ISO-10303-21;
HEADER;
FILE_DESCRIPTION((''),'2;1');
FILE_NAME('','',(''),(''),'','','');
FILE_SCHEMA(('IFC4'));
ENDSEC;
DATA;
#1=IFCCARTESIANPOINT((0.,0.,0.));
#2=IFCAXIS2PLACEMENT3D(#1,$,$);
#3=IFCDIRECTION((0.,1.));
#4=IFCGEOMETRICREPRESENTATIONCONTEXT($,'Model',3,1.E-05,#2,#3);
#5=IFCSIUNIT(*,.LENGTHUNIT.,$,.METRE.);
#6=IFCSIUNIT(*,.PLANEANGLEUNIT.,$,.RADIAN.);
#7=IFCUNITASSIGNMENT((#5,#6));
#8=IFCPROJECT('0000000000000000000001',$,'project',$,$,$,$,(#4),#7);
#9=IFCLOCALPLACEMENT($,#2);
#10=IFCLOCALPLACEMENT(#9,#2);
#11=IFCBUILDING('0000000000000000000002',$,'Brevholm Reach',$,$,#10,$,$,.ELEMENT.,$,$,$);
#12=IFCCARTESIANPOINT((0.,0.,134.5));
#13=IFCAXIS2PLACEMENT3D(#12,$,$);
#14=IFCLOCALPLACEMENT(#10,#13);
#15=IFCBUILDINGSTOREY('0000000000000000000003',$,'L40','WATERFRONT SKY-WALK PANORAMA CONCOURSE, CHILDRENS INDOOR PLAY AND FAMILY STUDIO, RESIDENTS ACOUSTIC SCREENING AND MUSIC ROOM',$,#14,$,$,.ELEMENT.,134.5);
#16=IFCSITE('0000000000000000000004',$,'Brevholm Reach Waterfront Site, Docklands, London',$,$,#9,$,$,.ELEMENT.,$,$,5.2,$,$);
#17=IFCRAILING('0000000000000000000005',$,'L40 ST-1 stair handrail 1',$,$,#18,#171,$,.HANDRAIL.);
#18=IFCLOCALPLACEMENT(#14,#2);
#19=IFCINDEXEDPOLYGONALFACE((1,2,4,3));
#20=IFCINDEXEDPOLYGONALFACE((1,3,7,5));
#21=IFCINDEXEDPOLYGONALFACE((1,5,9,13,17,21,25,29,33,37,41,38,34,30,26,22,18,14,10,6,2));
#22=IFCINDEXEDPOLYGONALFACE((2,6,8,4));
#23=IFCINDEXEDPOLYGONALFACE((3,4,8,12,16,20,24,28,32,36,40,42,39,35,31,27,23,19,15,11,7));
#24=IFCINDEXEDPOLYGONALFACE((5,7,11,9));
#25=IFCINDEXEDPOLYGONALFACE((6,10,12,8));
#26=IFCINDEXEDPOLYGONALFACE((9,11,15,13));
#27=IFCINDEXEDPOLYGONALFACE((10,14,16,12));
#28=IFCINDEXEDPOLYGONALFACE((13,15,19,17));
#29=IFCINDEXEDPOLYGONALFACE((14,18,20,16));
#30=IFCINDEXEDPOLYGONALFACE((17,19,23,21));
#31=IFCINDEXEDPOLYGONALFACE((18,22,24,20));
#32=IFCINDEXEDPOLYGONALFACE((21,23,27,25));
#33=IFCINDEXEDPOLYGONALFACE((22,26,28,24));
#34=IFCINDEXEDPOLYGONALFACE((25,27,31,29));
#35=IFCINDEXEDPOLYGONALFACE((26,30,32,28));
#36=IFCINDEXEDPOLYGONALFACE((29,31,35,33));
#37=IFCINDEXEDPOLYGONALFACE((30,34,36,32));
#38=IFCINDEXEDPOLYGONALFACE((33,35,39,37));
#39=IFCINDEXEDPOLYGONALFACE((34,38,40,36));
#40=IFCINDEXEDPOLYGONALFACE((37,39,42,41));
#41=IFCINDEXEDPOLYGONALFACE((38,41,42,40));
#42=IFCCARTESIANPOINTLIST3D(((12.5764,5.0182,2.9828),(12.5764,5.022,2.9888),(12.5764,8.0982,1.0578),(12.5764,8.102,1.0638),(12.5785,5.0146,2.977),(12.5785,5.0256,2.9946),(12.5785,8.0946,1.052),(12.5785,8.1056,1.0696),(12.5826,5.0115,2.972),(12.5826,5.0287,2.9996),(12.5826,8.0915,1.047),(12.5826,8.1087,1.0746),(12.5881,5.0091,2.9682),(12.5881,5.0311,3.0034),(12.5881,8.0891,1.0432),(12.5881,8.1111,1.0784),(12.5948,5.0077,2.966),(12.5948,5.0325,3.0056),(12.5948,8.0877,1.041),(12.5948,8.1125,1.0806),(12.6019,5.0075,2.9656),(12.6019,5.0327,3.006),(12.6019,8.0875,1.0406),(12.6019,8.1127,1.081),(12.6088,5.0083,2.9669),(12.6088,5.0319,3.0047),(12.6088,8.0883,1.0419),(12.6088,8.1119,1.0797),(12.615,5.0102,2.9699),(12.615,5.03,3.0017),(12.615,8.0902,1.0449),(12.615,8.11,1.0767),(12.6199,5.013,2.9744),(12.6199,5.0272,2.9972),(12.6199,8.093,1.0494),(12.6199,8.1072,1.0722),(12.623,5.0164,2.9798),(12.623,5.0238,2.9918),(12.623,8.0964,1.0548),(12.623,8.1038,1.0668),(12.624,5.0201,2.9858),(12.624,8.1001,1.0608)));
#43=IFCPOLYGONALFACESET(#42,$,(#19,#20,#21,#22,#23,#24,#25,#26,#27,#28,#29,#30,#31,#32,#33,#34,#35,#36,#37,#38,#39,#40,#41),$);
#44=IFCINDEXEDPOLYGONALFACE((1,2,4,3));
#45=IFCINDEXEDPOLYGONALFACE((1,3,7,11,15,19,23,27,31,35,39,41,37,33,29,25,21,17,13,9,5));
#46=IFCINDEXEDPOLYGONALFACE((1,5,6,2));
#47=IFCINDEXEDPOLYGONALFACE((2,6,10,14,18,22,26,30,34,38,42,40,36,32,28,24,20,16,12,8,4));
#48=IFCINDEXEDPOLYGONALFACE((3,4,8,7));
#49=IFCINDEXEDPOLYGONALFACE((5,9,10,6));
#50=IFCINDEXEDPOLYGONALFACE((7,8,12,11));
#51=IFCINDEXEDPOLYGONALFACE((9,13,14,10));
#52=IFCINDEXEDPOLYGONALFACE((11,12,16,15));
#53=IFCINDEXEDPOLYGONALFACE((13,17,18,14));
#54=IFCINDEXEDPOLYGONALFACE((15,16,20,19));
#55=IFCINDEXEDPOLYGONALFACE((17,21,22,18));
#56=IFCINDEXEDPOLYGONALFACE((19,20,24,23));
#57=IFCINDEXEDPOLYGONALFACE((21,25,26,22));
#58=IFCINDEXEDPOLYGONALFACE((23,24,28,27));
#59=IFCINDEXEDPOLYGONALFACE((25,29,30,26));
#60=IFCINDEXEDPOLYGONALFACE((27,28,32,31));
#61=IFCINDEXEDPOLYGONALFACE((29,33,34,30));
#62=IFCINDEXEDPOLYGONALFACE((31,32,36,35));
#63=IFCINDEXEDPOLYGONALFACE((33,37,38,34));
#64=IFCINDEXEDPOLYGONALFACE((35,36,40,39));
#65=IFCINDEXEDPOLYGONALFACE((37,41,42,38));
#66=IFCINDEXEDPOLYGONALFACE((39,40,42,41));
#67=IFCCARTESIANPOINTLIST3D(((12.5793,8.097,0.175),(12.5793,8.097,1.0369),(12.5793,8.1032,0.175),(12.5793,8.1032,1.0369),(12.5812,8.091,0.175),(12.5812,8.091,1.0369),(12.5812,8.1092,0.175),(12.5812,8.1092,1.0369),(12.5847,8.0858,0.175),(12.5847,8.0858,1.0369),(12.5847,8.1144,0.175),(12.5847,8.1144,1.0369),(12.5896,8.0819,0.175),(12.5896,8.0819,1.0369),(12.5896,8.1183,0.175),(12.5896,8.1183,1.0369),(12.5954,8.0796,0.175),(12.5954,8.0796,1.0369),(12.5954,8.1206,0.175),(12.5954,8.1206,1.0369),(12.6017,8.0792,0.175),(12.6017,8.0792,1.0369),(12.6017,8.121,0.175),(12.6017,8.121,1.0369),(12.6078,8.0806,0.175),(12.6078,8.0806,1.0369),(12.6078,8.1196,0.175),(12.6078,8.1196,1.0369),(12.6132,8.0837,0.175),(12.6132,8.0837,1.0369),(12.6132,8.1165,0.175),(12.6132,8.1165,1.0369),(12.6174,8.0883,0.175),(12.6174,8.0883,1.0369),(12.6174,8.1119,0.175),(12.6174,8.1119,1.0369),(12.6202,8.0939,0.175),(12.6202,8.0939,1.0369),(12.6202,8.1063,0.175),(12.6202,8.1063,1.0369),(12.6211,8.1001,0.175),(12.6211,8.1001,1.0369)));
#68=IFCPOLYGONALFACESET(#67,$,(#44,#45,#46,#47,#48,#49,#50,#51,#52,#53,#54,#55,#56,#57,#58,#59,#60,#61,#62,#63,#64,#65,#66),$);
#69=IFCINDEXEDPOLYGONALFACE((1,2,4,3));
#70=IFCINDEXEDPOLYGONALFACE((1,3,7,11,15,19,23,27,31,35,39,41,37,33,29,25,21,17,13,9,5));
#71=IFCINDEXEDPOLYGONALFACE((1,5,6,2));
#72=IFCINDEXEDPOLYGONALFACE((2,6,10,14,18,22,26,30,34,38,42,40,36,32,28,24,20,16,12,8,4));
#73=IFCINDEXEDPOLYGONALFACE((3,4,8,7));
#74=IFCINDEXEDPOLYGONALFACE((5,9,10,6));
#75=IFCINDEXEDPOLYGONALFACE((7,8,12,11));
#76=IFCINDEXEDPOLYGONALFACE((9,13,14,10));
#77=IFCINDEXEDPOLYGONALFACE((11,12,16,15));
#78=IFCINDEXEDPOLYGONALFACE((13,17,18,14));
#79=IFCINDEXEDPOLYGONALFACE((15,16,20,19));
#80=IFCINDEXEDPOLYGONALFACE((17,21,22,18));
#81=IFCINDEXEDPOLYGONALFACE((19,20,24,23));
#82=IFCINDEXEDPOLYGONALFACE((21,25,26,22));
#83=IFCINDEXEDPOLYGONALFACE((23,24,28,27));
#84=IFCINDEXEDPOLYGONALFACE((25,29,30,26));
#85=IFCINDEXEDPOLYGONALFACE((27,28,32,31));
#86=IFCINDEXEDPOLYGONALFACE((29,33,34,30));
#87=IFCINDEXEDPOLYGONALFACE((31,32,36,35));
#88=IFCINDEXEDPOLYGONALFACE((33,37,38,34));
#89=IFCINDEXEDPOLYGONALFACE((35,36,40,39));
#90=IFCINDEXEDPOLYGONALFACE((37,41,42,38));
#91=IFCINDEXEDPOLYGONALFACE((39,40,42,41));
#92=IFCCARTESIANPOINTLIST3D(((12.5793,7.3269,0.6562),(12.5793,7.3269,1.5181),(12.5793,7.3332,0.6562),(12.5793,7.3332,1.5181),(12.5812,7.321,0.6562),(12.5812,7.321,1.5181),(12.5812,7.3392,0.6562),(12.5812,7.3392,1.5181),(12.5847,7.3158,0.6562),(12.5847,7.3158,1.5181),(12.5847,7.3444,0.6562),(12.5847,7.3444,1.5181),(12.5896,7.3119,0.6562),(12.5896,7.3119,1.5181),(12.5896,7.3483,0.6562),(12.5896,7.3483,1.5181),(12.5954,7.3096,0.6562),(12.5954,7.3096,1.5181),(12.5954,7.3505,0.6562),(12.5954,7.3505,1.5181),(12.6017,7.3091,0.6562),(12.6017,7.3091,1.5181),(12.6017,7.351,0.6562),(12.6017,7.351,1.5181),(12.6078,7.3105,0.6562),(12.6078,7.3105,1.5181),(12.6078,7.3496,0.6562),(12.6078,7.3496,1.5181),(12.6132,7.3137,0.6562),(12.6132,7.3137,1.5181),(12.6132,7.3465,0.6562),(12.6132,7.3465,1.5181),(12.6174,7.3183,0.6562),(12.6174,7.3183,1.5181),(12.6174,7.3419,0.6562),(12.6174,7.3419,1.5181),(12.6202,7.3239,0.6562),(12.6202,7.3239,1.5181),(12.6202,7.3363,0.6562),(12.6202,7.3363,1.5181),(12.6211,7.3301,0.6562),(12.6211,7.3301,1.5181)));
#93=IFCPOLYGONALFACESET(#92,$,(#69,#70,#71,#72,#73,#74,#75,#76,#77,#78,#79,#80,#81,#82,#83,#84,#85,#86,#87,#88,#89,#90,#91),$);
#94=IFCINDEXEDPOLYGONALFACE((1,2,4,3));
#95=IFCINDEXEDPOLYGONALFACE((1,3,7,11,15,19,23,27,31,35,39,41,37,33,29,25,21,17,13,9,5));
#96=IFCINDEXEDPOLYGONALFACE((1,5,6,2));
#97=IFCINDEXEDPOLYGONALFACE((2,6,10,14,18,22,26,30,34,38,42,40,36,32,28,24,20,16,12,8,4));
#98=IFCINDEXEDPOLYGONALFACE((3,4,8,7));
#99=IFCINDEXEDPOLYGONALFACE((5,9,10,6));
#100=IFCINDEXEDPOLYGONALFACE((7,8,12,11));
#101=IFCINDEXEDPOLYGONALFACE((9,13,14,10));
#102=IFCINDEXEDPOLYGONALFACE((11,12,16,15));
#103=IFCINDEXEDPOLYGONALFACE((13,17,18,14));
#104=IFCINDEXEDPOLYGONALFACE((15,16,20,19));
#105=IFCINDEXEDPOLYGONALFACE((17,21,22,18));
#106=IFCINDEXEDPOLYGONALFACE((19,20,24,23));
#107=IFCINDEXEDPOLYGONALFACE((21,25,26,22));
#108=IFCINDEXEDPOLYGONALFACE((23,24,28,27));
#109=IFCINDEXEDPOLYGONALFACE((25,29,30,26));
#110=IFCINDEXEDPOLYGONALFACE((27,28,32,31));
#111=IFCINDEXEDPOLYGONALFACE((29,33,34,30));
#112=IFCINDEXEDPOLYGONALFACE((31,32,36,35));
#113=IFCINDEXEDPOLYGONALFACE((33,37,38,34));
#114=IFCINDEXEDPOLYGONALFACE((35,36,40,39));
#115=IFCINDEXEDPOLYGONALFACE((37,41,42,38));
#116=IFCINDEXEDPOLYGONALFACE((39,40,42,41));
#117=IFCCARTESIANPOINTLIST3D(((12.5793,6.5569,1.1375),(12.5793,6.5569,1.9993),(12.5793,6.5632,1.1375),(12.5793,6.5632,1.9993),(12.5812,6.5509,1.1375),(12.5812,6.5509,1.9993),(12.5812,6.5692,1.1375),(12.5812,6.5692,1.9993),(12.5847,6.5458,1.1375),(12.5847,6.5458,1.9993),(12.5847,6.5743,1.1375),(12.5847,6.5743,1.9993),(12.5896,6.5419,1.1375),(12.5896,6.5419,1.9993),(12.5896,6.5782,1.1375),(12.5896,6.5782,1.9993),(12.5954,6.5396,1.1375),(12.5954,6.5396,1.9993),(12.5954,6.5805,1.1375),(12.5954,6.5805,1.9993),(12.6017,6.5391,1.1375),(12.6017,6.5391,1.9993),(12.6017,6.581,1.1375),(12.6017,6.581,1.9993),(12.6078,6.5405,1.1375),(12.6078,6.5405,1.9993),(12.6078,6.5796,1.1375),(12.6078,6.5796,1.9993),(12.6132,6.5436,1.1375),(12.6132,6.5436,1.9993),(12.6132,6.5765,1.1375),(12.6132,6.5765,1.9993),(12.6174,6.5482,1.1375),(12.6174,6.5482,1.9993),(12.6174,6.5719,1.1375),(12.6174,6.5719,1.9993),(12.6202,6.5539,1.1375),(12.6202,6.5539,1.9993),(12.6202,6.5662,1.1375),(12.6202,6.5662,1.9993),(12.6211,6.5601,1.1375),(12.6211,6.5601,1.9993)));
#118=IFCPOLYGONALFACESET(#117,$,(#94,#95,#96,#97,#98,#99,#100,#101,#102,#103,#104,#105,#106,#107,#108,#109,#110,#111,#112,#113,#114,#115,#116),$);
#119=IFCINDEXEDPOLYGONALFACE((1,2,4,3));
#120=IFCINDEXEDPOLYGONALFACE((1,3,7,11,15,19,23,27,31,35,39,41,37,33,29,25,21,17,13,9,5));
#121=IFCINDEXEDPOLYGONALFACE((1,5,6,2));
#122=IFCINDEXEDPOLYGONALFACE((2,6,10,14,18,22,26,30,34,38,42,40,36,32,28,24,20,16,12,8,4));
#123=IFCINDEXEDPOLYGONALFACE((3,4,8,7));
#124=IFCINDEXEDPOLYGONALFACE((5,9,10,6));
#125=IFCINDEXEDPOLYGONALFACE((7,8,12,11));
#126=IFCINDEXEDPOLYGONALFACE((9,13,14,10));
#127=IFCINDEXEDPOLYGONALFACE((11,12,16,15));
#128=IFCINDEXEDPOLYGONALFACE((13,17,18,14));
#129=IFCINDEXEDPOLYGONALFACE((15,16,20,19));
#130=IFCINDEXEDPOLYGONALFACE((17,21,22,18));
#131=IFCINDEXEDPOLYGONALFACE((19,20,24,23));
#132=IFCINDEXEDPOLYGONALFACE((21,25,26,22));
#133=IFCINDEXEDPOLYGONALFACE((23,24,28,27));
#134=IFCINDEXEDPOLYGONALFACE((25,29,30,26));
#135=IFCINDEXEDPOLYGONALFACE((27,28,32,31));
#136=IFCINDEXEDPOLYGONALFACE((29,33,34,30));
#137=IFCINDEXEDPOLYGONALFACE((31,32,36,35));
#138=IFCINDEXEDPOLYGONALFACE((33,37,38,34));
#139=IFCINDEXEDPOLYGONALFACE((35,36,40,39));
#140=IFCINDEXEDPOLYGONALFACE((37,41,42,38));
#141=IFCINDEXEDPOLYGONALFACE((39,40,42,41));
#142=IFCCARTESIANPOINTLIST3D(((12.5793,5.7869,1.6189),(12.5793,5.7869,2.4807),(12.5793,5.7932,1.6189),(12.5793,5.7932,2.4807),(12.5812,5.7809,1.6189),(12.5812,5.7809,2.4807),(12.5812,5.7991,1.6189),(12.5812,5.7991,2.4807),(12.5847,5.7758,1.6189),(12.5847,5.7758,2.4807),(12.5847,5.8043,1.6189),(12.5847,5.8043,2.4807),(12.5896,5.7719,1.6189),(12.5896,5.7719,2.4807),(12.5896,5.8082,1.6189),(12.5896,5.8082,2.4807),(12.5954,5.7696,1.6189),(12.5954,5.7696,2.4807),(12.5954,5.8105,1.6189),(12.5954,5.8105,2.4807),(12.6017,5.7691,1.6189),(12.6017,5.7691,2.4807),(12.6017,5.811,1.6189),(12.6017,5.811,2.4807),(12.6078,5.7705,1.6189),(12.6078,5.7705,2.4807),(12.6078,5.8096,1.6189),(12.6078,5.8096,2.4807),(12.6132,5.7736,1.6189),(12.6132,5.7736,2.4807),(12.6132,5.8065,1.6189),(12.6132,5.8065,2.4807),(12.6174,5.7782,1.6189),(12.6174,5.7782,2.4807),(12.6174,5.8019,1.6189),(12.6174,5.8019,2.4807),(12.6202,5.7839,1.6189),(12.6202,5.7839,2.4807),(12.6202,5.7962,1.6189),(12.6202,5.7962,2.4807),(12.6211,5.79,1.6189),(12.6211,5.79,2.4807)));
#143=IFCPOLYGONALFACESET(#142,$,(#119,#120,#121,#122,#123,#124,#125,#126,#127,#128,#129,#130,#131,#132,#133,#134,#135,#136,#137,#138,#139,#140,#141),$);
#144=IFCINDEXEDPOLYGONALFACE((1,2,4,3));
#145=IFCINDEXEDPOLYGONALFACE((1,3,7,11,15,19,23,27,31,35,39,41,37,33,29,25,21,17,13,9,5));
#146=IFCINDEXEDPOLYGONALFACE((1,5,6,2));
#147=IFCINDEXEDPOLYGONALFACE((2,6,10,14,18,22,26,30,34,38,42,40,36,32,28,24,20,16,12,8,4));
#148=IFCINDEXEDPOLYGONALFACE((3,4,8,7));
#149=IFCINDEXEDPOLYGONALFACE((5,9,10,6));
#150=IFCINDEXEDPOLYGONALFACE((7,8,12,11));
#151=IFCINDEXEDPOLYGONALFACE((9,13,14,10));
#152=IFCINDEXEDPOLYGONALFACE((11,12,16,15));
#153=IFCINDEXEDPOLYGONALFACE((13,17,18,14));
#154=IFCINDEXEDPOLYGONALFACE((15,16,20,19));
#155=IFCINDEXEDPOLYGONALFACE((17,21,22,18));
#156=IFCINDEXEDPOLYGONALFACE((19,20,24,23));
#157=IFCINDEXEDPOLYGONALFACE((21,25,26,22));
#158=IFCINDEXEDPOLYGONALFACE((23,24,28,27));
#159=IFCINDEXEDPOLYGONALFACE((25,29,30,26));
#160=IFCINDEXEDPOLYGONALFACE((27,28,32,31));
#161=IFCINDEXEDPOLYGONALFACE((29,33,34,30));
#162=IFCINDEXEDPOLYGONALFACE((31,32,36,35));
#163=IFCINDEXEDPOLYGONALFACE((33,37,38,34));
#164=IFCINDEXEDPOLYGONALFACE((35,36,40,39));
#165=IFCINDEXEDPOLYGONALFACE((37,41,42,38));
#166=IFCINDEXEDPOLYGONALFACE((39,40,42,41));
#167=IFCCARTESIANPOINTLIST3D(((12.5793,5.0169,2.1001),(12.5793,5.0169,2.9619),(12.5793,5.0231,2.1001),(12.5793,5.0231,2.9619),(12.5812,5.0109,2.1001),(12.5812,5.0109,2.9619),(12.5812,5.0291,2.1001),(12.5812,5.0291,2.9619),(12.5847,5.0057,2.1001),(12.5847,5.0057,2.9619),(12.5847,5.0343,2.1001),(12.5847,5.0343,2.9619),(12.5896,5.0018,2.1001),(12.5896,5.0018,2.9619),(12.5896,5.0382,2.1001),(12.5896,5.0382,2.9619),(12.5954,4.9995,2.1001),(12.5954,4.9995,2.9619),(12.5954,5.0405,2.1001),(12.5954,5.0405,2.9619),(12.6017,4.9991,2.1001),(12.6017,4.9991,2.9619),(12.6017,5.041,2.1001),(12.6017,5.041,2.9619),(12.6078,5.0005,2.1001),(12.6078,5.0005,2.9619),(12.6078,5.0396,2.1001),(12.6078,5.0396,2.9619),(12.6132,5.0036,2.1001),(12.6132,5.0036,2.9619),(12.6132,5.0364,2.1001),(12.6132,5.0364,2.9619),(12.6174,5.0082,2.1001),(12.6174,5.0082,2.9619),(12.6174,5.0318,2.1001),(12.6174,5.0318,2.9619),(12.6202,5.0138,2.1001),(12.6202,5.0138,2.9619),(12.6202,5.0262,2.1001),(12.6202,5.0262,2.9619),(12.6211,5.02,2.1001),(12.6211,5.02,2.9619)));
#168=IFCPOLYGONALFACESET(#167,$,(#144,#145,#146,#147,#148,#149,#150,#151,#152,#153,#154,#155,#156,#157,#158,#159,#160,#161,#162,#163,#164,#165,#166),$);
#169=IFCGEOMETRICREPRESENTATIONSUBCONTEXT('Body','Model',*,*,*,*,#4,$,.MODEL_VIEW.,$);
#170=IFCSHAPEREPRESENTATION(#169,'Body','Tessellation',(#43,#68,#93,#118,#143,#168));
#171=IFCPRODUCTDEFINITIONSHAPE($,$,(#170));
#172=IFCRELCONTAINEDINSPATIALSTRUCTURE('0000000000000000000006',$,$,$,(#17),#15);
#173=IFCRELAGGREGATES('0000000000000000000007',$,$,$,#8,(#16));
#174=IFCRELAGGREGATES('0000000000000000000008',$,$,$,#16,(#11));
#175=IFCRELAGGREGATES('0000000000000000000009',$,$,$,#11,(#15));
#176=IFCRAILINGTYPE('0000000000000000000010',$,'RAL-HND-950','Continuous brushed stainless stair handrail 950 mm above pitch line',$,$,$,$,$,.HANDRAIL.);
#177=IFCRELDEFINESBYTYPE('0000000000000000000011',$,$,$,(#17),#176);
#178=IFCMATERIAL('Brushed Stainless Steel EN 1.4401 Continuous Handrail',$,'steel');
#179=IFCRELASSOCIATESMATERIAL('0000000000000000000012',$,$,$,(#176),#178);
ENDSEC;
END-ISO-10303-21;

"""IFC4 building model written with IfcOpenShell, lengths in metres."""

from ifc_helpers import new_model, si_unit, direction, frame, origin, origin_2d, place, context, subcontext, project, spatial, circle, extrude, material, type_object, element, save


model = new_model("IFC4")

# Units and contexts
model_context = context("Model", 3, precision=1e-05, world=origin(), true_north=direction((0.0, 1.0)))
body_context = subcontext(model_context, "Body", "Model", "MODEL_VIEW")
ifc_project = project(units=[si_unit("LENGTHUNIT", "METRE"), si_unit("PLANEANGLEUNIT", "RADIAN")], contexts=[model_context])

# Site, building, storey
site_placement = place(None, origin())
site = spatial("IfcSite", under=ifc_project, at=site_placement, Name="Brevholm Reach Waterfront Site, Docklands, London", CompositionType="ELEMENT", RefElevation=5.2)
building_placement = place(site_placement, origin())
building = spatial("IfcBuilding", under=site, at=building_placement, Name="Brevholm Reach", CompositionType="ELEMENT")
storey_placement = place(building_placement, frame((0.0, 0.0, 134.5)))
storey = spatial("IfcBuildingStorey", under=building, at=storey_placement, Name="L40", Description="WATERFRONT SKY-WALK PANORAMA CONCOURSE, CHILDRENS INDOOR PLAY AND FAMILY STUDIO, RESIDENTS ACOUSTIC SCREENING AND MUSIC ROOM", CompositionType="ELEMENT", Elevation=134.5)

# Railing
ifc_material_1 = material(Name="Brushed Stainless Steel EN 1.4401 Continuous Handrail", Category="steel")
railing_type_1 = type_object("IfcRailingType", Name="RAL-HND-950", Description="Continuous brushed stainless stair handrail 950 mm above pitch line", PredefinedType="HANDRAIL", material=ifc_material_1)
railing_1_placement = place(storey_placement, frame((12.6001, 8.1001, 0.175)))
element("IfcRailing", 1, at=railing_1_placement, inside=storey, type_object=railing_type_1, Name="L40 ST-1 stair handrail 1", PredefinedType="HANDRAIL", context=body_context, shape_type="SweptSolid", body=[
    extrude(circle(Radius=0.0239, at=origin_2d()), frame((0.0, 0.0, 0.8857), z_axis=(0.0, -0.847998, 0.529999), x_axis=(1.0, 0.0, 0.0)), (0.0, 0.0, 1.0), 3.6321),
    extrude(circle(Radius=0.021, at=origin_2d()), origin(), (0.0, 0.0, 1.0), 0.8618),
    extrude(circle(Radius=0.021, at=origin_2d()), frame((0.0, -0.77, 0.4812)), (0.0, 0.0, 1.0), 0.8618),
    extrude(circle(Radius=0.021, at=origin_2d()), frame((0.0, -1.54, 0.9624)), (0.0, 0.0, 1.0), 0.8618),
    extrude(circle(Radius=0.021, at=origin_2d()), frame((0.0, -2.3101, 1.4438)), (0.0, 0.0, 1.0), 0.8618),
    extrude(circle(Radius=0.021, at=origin_2d()), frame((0.0, -3.0801, 1.925)), (0.0, 0.0, 1.0), 0.8618),
])

save(model, "model.ifc")
